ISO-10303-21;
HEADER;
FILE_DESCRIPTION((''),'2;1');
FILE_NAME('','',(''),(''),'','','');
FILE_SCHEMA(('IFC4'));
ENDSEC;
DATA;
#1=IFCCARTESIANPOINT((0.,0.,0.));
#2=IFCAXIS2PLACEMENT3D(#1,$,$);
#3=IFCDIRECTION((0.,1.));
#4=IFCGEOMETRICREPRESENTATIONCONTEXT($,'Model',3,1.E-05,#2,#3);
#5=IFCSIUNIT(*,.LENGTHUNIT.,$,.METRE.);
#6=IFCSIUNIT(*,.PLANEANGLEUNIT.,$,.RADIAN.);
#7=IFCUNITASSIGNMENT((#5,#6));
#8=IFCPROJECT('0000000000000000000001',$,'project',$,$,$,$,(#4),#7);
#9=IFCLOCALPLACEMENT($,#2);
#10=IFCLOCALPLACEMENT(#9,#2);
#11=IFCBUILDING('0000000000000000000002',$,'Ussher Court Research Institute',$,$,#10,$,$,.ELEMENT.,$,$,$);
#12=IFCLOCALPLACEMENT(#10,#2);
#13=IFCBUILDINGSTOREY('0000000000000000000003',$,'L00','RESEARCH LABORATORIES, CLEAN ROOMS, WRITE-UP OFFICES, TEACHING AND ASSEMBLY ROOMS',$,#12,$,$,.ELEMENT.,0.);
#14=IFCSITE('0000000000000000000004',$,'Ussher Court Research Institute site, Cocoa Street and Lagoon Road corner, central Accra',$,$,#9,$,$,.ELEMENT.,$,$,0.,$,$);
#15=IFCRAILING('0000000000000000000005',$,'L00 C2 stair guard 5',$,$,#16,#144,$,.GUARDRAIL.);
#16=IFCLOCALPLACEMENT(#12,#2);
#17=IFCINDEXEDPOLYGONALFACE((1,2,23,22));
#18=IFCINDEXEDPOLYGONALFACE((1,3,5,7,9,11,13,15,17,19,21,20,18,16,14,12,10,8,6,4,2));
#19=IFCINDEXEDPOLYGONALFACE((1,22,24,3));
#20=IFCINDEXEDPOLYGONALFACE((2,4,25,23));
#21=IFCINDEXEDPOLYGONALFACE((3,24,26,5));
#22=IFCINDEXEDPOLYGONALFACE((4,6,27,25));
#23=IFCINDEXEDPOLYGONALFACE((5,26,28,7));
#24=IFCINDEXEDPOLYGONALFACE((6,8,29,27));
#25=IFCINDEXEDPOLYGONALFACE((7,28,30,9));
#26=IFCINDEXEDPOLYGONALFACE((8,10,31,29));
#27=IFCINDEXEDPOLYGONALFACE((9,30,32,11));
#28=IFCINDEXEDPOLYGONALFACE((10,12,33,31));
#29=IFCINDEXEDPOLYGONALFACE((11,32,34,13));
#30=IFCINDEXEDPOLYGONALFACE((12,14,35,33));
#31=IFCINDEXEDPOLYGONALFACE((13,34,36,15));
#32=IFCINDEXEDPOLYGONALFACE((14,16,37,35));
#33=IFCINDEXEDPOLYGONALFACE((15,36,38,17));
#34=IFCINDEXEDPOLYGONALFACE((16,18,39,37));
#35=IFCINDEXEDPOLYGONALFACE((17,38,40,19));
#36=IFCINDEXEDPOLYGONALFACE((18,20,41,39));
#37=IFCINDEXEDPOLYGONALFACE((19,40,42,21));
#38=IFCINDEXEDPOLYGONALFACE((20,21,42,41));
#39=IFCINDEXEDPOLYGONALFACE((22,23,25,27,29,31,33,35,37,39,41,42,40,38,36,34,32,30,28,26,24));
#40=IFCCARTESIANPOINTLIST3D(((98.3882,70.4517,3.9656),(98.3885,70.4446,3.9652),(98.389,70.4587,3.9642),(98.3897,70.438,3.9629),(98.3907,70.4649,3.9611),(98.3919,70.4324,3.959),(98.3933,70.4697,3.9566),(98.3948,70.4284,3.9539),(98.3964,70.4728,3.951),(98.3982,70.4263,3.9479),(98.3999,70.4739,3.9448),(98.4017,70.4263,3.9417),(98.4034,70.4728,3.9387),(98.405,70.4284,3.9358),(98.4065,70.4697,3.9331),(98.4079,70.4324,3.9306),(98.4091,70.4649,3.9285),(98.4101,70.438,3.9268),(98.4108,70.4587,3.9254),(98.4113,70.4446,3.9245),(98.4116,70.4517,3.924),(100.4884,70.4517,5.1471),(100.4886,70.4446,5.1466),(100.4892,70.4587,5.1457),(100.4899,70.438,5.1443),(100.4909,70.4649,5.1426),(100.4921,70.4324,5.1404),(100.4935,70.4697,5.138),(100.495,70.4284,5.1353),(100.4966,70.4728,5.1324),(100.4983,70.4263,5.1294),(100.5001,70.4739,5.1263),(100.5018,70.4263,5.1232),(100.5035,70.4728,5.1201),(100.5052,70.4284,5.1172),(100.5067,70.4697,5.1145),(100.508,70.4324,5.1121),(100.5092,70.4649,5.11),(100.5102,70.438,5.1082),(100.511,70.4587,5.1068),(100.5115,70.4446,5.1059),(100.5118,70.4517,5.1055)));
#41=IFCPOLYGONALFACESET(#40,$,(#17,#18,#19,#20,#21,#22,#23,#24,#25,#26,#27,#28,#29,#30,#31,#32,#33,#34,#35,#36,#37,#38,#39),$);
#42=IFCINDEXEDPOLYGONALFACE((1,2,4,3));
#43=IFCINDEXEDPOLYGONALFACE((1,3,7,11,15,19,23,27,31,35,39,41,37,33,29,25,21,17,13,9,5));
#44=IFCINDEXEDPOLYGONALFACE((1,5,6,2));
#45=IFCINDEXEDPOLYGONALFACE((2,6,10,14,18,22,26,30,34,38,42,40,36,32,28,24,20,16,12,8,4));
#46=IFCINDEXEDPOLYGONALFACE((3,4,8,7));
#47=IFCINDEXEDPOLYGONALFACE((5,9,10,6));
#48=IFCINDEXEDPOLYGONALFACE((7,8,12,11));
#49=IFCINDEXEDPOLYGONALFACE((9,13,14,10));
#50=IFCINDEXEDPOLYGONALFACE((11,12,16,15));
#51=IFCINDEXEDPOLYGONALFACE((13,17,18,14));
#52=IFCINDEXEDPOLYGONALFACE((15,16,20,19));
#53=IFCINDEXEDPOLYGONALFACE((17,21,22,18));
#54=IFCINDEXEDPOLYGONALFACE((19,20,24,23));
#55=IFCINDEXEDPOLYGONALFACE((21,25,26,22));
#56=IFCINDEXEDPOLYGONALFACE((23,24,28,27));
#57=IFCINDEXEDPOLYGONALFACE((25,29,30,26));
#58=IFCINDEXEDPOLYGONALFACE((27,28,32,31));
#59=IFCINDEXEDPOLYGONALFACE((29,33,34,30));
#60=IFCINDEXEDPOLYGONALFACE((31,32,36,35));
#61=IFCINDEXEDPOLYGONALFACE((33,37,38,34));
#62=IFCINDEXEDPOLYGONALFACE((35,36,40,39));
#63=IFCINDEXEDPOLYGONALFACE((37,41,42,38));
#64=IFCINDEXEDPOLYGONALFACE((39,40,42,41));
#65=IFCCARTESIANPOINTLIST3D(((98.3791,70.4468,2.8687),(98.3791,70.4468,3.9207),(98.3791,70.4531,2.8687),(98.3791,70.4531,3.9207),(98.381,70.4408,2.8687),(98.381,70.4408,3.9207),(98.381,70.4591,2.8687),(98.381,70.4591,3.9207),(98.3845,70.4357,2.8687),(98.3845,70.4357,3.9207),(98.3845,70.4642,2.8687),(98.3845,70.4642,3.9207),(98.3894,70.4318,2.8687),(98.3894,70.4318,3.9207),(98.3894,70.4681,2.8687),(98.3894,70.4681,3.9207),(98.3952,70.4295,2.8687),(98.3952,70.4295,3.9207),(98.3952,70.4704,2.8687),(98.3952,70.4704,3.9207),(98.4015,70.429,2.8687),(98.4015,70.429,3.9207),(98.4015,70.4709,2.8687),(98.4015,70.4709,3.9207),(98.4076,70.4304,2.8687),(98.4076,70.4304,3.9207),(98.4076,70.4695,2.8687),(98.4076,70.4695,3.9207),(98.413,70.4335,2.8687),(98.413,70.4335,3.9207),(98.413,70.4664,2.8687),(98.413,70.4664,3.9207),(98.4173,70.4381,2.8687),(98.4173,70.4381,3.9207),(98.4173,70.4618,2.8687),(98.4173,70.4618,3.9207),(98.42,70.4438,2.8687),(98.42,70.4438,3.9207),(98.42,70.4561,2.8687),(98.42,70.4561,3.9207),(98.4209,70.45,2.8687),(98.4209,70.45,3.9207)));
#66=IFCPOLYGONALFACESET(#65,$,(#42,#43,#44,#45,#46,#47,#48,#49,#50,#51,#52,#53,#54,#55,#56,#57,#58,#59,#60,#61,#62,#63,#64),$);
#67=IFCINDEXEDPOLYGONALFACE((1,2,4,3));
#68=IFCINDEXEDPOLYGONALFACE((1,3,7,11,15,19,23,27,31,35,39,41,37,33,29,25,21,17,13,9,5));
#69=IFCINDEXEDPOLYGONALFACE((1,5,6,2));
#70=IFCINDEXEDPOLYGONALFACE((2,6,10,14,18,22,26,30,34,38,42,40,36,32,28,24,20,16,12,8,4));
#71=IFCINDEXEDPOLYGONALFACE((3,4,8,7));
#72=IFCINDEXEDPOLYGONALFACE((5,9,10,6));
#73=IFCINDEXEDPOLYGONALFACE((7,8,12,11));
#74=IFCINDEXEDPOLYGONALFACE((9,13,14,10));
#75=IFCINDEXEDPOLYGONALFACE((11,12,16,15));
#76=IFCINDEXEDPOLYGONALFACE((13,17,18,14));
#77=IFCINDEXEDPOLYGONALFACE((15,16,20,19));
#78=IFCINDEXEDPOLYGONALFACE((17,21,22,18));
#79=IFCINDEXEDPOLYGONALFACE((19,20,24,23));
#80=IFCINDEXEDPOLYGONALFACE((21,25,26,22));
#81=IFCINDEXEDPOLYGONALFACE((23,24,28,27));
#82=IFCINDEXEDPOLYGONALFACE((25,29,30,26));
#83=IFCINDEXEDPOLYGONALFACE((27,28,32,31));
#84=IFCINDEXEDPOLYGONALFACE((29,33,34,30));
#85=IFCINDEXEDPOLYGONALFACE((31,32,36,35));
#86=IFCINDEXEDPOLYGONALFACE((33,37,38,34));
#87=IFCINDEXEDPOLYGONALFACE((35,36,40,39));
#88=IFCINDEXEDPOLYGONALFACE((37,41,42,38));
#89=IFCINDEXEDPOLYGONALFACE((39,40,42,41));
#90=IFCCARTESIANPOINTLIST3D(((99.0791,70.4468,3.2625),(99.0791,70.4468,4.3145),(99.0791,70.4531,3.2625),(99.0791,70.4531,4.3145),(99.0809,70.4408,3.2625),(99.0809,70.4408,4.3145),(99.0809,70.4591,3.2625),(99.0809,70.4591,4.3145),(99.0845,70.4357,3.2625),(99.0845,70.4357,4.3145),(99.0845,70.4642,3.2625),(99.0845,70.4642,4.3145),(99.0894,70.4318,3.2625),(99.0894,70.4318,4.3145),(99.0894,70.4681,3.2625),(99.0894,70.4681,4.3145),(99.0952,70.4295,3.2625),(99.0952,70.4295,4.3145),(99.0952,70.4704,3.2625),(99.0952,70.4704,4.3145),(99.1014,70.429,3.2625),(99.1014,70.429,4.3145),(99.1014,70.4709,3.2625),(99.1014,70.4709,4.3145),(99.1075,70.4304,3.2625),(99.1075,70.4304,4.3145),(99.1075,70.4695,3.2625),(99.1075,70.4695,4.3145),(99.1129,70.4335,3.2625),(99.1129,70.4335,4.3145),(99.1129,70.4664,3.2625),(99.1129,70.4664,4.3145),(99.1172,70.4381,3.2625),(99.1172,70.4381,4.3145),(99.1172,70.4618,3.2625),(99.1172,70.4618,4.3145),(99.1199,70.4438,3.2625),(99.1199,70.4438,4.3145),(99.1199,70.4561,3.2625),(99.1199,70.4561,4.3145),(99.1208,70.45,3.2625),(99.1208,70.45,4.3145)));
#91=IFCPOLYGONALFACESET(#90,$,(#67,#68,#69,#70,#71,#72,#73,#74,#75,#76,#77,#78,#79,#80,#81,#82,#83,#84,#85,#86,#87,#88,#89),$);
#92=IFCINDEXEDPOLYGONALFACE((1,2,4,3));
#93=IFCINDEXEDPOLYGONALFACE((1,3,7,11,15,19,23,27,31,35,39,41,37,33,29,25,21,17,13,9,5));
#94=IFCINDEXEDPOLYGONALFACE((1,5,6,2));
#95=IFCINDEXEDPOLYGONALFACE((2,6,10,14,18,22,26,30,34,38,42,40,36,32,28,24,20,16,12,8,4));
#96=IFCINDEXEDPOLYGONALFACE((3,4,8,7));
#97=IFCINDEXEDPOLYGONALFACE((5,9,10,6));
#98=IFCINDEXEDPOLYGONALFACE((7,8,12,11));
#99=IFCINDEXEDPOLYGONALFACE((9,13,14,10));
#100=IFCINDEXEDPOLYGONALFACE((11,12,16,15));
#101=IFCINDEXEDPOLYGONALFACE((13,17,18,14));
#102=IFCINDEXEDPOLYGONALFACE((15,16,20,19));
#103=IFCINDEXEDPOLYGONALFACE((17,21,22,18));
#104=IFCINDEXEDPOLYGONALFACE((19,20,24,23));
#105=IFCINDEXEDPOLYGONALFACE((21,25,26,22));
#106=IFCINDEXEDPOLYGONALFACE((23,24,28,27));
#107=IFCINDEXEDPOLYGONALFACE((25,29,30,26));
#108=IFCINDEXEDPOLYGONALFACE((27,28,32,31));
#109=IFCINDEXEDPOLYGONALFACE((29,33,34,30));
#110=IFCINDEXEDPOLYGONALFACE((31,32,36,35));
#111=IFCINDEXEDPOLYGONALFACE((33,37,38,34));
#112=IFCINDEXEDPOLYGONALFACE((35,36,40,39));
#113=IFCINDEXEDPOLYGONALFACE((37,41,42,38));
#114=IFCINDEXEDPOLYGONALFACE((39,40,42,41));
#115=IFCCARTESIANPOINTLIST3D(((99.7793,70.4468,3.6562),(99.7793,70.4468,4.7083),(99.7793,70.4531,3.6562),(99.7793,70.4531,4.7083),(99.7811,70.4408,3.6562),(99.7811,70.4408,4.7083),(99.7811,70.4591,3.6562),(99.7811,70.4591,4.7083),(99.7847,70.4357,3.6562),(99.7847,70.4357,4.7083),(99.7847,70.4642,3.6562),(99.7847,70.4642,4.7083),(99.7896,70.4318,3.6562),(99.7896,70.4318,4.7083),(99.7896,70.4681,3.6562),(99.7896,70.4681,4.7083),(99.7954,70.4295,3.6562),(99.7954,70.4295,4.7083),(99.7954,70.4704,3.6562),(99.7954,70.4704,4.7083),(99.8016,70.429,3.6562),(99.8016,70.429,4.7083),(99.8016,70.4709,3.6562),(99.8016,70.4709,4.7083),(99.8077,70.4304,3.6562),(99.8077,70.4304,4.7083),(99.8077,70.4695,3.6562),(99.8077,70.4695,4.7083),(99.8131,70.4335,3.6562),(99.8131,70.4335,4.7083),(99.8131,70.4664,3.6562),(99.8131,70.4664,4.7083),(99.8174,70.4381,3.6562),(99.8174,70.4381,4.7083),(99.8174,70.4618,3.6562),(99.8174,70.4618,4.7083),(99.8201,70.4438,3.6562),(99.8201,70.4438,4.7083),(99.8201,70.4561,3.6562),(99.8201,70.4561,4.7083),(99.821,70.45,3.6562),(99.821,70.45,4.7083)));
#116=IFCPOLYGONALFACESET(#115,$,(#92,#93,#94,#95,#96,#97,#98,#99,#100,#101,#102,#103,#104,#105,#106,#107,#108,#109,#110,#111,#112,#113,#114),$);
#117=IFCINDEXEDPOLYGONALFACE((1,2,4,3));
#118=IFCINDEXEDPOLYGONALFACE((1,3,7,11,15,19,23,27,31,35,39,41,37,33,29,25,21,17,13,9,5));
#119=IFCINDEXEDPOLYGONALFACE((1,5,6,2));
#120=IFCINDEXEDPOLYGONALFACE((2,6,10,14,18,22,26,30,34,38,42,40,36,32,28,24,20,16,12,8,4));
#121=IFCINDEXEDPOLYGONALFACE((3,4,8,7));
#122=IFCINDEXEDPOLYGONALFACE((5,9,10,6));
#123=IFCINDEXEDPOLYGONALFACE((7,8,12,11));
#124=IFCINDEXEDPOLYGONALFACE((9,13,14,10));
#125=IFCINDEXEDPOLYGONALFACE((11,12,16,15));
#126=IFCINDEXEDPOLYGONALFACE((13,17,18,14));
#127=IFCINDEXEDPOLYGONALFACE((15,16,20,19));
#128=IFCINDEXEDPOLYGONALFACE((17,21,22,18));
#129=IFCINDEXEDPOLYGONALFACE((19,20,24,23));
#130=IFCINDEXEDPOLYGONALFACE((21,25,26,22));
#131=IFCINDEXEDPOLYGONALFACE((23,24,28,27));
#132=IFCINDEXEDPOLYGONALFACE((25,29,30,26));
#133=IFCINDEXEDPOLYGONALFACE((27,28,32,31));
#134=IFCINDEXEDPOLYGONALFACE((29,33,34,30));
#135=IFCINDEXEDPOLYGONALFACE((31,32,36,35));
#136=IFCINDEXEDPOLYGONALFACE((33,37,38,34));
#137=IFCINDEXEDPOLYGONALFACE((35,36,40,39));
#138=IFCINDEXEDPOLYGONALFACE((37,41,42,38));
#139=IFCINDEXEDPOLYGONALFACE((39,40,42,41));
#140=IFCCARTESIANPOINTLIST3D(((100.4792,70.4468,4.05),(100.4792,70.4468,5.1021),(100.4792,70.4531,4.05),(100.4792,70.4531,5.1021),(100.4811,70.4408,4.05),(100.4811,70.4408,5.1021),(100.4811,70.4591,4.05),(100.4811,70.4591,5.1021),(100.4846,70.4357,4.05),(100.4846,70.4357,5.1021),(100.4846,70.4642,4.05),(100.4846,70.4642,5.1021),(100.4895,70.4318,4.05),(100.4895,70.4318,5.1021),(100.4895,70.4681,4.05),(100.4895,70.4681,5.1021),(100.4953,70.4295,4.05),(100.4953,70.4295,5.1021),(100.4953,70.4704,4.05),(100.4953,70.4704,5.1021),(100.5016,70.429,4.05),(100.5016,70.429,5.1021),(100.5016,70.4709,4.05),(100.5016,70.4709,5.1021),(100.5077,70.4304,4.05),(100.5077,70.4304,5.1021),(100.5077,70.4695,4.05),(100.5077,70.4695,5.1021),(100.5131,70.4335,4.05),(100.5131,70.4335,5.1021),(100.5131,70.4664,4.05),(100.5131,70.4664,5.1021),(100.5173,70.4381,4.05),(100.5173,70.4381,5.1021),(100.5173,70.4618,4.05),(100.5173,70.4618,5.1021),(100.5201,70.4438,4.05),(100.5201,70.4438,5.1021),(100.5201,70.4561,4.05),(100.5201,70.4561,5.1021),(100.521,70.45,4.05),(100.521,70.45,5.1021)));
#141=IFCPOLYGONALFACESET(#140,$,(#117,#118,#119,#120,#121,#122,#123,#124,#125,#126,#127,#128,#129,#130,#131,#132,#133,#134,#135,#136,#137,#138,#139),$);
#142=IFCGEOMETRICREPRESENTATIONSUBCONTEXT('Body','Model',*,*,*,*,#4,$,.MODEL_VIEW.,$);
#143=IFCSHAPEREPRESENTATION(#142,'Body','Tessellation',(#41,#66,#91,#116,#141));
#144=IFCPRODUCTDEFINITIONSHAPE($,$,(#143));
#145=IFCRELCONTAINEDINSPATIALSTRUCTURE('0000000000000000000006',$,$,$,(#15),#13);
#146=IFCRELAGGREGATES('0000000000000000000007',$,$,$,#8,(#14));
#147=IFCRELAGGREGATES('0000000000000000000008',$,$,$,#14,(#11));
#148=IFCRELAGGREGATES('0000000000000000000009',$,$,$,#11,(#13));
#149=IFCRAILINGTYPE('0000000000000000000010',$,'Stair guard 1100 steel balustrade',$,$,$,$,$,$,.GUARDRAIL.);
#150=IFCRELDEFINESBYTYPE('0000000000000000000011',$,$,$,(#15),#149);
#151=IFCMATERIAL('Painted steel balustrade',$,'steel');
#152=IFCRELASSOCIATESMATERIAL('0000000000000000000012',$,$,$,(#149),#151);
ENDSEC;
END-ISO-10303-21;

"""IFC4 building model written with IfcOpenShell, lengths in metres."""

from ifc_helpers import new_model, si_unit, direction, frame, origin, origin_2d, place, context, subcontext, project, spatial, circle, extrude, material, type_object, element, save


model = new_model("IFC4")

# Units and contexts
model_context = context("Model", 3, precision=1e-05, world=origin(), true_north=direction((0.0, 1.0)))
body_context = subcontext(model_context, "Body", "Model", "MODEL_VIEW")
ifc_project = project(units=[si_unit("LENGTHUNIT", "METRE"), si_unit("PLANEANGLEUNIT", "RADIAN")], contexts=[model_context])

# Site, building, storey
site_placement = place(None, origin())
site = spatial("IfcSite", under=ifc_project, at=site_placement, Name="Ussher Court Research Institute site, Cocoa Street and Lagoon Road corner, central Accra", CompositionType="ELEMENT", RefElevation=0.0)
building_placement = place(site_placement, origin())
building = spatial("IfcBuilding", under=site, at=building_placement, Name="Ussher Court Research Institute", CompositionType="ELEMENT")
storey_placement = place(building_placement, origin())
storey = spatial("IfcBuildingStorey", under=building, at=storey_placement, Name="L00", Description="RESEARCH LABORATORIES, CLEAN ROOMS, WRITE-UP OFFICES, TEACHING AND ASSEMBLY ROOMS", CompositionType="ELEMENT", Elevation=0.0)

# Railing
ifc_material_1 = material(Name="Painted steel balustrade", Category="steel")
railing_type_1 = type_object("IfcRailingType", Name="Stair guard 1100 steel balustrade", PredefinedType="GUARDRAIL", material=ifc_material_1)
railing_1_placement = place(storey_placement, frame((98.3999, 70.45, 2.8687)))
element("IfcRailing", 1, at=railing_1_placement, inside=storey, type_object=railing_type_1, Name="L00 C2 stair guard 5", PredefinedType="GUARDRAIL", context=body_context, shape_type="SweptSolid", body=[
    extrude(circle(Radius=0.0239, at=origin_2d()), frame((0.0, 0.0, 1.0762), z_axis=(0.871559, 0.0, 0.49029), x_axis=(0.0, 1.0, 0.0)), (0.0, 0.0, 1.0), 2.4097),
    extrude(circle(Radius=0.021, at=origin_2d()), origin(), (0.0, 0.0, 1.0), 1.052),
    extrude(circle(Radius=0.021, at=origin_2d()), frame((0.7, 0.0, 0.3938)), (0.0, 0.0, 1.0), 1.052),
    extrude(circle(Radius=0.021, at=origin_2d()), frame((1.4001, 0.0, 0.7876)), (0.0, 0.0, 1.0), 1.052),
    extrude(circle(Radius=0.021, at=origin_2d()), frame((2.1001, 0.0, 1.1814)), (0.0, 0.0, 1.0), 1.052),
])

save(model, "model.ifc")
